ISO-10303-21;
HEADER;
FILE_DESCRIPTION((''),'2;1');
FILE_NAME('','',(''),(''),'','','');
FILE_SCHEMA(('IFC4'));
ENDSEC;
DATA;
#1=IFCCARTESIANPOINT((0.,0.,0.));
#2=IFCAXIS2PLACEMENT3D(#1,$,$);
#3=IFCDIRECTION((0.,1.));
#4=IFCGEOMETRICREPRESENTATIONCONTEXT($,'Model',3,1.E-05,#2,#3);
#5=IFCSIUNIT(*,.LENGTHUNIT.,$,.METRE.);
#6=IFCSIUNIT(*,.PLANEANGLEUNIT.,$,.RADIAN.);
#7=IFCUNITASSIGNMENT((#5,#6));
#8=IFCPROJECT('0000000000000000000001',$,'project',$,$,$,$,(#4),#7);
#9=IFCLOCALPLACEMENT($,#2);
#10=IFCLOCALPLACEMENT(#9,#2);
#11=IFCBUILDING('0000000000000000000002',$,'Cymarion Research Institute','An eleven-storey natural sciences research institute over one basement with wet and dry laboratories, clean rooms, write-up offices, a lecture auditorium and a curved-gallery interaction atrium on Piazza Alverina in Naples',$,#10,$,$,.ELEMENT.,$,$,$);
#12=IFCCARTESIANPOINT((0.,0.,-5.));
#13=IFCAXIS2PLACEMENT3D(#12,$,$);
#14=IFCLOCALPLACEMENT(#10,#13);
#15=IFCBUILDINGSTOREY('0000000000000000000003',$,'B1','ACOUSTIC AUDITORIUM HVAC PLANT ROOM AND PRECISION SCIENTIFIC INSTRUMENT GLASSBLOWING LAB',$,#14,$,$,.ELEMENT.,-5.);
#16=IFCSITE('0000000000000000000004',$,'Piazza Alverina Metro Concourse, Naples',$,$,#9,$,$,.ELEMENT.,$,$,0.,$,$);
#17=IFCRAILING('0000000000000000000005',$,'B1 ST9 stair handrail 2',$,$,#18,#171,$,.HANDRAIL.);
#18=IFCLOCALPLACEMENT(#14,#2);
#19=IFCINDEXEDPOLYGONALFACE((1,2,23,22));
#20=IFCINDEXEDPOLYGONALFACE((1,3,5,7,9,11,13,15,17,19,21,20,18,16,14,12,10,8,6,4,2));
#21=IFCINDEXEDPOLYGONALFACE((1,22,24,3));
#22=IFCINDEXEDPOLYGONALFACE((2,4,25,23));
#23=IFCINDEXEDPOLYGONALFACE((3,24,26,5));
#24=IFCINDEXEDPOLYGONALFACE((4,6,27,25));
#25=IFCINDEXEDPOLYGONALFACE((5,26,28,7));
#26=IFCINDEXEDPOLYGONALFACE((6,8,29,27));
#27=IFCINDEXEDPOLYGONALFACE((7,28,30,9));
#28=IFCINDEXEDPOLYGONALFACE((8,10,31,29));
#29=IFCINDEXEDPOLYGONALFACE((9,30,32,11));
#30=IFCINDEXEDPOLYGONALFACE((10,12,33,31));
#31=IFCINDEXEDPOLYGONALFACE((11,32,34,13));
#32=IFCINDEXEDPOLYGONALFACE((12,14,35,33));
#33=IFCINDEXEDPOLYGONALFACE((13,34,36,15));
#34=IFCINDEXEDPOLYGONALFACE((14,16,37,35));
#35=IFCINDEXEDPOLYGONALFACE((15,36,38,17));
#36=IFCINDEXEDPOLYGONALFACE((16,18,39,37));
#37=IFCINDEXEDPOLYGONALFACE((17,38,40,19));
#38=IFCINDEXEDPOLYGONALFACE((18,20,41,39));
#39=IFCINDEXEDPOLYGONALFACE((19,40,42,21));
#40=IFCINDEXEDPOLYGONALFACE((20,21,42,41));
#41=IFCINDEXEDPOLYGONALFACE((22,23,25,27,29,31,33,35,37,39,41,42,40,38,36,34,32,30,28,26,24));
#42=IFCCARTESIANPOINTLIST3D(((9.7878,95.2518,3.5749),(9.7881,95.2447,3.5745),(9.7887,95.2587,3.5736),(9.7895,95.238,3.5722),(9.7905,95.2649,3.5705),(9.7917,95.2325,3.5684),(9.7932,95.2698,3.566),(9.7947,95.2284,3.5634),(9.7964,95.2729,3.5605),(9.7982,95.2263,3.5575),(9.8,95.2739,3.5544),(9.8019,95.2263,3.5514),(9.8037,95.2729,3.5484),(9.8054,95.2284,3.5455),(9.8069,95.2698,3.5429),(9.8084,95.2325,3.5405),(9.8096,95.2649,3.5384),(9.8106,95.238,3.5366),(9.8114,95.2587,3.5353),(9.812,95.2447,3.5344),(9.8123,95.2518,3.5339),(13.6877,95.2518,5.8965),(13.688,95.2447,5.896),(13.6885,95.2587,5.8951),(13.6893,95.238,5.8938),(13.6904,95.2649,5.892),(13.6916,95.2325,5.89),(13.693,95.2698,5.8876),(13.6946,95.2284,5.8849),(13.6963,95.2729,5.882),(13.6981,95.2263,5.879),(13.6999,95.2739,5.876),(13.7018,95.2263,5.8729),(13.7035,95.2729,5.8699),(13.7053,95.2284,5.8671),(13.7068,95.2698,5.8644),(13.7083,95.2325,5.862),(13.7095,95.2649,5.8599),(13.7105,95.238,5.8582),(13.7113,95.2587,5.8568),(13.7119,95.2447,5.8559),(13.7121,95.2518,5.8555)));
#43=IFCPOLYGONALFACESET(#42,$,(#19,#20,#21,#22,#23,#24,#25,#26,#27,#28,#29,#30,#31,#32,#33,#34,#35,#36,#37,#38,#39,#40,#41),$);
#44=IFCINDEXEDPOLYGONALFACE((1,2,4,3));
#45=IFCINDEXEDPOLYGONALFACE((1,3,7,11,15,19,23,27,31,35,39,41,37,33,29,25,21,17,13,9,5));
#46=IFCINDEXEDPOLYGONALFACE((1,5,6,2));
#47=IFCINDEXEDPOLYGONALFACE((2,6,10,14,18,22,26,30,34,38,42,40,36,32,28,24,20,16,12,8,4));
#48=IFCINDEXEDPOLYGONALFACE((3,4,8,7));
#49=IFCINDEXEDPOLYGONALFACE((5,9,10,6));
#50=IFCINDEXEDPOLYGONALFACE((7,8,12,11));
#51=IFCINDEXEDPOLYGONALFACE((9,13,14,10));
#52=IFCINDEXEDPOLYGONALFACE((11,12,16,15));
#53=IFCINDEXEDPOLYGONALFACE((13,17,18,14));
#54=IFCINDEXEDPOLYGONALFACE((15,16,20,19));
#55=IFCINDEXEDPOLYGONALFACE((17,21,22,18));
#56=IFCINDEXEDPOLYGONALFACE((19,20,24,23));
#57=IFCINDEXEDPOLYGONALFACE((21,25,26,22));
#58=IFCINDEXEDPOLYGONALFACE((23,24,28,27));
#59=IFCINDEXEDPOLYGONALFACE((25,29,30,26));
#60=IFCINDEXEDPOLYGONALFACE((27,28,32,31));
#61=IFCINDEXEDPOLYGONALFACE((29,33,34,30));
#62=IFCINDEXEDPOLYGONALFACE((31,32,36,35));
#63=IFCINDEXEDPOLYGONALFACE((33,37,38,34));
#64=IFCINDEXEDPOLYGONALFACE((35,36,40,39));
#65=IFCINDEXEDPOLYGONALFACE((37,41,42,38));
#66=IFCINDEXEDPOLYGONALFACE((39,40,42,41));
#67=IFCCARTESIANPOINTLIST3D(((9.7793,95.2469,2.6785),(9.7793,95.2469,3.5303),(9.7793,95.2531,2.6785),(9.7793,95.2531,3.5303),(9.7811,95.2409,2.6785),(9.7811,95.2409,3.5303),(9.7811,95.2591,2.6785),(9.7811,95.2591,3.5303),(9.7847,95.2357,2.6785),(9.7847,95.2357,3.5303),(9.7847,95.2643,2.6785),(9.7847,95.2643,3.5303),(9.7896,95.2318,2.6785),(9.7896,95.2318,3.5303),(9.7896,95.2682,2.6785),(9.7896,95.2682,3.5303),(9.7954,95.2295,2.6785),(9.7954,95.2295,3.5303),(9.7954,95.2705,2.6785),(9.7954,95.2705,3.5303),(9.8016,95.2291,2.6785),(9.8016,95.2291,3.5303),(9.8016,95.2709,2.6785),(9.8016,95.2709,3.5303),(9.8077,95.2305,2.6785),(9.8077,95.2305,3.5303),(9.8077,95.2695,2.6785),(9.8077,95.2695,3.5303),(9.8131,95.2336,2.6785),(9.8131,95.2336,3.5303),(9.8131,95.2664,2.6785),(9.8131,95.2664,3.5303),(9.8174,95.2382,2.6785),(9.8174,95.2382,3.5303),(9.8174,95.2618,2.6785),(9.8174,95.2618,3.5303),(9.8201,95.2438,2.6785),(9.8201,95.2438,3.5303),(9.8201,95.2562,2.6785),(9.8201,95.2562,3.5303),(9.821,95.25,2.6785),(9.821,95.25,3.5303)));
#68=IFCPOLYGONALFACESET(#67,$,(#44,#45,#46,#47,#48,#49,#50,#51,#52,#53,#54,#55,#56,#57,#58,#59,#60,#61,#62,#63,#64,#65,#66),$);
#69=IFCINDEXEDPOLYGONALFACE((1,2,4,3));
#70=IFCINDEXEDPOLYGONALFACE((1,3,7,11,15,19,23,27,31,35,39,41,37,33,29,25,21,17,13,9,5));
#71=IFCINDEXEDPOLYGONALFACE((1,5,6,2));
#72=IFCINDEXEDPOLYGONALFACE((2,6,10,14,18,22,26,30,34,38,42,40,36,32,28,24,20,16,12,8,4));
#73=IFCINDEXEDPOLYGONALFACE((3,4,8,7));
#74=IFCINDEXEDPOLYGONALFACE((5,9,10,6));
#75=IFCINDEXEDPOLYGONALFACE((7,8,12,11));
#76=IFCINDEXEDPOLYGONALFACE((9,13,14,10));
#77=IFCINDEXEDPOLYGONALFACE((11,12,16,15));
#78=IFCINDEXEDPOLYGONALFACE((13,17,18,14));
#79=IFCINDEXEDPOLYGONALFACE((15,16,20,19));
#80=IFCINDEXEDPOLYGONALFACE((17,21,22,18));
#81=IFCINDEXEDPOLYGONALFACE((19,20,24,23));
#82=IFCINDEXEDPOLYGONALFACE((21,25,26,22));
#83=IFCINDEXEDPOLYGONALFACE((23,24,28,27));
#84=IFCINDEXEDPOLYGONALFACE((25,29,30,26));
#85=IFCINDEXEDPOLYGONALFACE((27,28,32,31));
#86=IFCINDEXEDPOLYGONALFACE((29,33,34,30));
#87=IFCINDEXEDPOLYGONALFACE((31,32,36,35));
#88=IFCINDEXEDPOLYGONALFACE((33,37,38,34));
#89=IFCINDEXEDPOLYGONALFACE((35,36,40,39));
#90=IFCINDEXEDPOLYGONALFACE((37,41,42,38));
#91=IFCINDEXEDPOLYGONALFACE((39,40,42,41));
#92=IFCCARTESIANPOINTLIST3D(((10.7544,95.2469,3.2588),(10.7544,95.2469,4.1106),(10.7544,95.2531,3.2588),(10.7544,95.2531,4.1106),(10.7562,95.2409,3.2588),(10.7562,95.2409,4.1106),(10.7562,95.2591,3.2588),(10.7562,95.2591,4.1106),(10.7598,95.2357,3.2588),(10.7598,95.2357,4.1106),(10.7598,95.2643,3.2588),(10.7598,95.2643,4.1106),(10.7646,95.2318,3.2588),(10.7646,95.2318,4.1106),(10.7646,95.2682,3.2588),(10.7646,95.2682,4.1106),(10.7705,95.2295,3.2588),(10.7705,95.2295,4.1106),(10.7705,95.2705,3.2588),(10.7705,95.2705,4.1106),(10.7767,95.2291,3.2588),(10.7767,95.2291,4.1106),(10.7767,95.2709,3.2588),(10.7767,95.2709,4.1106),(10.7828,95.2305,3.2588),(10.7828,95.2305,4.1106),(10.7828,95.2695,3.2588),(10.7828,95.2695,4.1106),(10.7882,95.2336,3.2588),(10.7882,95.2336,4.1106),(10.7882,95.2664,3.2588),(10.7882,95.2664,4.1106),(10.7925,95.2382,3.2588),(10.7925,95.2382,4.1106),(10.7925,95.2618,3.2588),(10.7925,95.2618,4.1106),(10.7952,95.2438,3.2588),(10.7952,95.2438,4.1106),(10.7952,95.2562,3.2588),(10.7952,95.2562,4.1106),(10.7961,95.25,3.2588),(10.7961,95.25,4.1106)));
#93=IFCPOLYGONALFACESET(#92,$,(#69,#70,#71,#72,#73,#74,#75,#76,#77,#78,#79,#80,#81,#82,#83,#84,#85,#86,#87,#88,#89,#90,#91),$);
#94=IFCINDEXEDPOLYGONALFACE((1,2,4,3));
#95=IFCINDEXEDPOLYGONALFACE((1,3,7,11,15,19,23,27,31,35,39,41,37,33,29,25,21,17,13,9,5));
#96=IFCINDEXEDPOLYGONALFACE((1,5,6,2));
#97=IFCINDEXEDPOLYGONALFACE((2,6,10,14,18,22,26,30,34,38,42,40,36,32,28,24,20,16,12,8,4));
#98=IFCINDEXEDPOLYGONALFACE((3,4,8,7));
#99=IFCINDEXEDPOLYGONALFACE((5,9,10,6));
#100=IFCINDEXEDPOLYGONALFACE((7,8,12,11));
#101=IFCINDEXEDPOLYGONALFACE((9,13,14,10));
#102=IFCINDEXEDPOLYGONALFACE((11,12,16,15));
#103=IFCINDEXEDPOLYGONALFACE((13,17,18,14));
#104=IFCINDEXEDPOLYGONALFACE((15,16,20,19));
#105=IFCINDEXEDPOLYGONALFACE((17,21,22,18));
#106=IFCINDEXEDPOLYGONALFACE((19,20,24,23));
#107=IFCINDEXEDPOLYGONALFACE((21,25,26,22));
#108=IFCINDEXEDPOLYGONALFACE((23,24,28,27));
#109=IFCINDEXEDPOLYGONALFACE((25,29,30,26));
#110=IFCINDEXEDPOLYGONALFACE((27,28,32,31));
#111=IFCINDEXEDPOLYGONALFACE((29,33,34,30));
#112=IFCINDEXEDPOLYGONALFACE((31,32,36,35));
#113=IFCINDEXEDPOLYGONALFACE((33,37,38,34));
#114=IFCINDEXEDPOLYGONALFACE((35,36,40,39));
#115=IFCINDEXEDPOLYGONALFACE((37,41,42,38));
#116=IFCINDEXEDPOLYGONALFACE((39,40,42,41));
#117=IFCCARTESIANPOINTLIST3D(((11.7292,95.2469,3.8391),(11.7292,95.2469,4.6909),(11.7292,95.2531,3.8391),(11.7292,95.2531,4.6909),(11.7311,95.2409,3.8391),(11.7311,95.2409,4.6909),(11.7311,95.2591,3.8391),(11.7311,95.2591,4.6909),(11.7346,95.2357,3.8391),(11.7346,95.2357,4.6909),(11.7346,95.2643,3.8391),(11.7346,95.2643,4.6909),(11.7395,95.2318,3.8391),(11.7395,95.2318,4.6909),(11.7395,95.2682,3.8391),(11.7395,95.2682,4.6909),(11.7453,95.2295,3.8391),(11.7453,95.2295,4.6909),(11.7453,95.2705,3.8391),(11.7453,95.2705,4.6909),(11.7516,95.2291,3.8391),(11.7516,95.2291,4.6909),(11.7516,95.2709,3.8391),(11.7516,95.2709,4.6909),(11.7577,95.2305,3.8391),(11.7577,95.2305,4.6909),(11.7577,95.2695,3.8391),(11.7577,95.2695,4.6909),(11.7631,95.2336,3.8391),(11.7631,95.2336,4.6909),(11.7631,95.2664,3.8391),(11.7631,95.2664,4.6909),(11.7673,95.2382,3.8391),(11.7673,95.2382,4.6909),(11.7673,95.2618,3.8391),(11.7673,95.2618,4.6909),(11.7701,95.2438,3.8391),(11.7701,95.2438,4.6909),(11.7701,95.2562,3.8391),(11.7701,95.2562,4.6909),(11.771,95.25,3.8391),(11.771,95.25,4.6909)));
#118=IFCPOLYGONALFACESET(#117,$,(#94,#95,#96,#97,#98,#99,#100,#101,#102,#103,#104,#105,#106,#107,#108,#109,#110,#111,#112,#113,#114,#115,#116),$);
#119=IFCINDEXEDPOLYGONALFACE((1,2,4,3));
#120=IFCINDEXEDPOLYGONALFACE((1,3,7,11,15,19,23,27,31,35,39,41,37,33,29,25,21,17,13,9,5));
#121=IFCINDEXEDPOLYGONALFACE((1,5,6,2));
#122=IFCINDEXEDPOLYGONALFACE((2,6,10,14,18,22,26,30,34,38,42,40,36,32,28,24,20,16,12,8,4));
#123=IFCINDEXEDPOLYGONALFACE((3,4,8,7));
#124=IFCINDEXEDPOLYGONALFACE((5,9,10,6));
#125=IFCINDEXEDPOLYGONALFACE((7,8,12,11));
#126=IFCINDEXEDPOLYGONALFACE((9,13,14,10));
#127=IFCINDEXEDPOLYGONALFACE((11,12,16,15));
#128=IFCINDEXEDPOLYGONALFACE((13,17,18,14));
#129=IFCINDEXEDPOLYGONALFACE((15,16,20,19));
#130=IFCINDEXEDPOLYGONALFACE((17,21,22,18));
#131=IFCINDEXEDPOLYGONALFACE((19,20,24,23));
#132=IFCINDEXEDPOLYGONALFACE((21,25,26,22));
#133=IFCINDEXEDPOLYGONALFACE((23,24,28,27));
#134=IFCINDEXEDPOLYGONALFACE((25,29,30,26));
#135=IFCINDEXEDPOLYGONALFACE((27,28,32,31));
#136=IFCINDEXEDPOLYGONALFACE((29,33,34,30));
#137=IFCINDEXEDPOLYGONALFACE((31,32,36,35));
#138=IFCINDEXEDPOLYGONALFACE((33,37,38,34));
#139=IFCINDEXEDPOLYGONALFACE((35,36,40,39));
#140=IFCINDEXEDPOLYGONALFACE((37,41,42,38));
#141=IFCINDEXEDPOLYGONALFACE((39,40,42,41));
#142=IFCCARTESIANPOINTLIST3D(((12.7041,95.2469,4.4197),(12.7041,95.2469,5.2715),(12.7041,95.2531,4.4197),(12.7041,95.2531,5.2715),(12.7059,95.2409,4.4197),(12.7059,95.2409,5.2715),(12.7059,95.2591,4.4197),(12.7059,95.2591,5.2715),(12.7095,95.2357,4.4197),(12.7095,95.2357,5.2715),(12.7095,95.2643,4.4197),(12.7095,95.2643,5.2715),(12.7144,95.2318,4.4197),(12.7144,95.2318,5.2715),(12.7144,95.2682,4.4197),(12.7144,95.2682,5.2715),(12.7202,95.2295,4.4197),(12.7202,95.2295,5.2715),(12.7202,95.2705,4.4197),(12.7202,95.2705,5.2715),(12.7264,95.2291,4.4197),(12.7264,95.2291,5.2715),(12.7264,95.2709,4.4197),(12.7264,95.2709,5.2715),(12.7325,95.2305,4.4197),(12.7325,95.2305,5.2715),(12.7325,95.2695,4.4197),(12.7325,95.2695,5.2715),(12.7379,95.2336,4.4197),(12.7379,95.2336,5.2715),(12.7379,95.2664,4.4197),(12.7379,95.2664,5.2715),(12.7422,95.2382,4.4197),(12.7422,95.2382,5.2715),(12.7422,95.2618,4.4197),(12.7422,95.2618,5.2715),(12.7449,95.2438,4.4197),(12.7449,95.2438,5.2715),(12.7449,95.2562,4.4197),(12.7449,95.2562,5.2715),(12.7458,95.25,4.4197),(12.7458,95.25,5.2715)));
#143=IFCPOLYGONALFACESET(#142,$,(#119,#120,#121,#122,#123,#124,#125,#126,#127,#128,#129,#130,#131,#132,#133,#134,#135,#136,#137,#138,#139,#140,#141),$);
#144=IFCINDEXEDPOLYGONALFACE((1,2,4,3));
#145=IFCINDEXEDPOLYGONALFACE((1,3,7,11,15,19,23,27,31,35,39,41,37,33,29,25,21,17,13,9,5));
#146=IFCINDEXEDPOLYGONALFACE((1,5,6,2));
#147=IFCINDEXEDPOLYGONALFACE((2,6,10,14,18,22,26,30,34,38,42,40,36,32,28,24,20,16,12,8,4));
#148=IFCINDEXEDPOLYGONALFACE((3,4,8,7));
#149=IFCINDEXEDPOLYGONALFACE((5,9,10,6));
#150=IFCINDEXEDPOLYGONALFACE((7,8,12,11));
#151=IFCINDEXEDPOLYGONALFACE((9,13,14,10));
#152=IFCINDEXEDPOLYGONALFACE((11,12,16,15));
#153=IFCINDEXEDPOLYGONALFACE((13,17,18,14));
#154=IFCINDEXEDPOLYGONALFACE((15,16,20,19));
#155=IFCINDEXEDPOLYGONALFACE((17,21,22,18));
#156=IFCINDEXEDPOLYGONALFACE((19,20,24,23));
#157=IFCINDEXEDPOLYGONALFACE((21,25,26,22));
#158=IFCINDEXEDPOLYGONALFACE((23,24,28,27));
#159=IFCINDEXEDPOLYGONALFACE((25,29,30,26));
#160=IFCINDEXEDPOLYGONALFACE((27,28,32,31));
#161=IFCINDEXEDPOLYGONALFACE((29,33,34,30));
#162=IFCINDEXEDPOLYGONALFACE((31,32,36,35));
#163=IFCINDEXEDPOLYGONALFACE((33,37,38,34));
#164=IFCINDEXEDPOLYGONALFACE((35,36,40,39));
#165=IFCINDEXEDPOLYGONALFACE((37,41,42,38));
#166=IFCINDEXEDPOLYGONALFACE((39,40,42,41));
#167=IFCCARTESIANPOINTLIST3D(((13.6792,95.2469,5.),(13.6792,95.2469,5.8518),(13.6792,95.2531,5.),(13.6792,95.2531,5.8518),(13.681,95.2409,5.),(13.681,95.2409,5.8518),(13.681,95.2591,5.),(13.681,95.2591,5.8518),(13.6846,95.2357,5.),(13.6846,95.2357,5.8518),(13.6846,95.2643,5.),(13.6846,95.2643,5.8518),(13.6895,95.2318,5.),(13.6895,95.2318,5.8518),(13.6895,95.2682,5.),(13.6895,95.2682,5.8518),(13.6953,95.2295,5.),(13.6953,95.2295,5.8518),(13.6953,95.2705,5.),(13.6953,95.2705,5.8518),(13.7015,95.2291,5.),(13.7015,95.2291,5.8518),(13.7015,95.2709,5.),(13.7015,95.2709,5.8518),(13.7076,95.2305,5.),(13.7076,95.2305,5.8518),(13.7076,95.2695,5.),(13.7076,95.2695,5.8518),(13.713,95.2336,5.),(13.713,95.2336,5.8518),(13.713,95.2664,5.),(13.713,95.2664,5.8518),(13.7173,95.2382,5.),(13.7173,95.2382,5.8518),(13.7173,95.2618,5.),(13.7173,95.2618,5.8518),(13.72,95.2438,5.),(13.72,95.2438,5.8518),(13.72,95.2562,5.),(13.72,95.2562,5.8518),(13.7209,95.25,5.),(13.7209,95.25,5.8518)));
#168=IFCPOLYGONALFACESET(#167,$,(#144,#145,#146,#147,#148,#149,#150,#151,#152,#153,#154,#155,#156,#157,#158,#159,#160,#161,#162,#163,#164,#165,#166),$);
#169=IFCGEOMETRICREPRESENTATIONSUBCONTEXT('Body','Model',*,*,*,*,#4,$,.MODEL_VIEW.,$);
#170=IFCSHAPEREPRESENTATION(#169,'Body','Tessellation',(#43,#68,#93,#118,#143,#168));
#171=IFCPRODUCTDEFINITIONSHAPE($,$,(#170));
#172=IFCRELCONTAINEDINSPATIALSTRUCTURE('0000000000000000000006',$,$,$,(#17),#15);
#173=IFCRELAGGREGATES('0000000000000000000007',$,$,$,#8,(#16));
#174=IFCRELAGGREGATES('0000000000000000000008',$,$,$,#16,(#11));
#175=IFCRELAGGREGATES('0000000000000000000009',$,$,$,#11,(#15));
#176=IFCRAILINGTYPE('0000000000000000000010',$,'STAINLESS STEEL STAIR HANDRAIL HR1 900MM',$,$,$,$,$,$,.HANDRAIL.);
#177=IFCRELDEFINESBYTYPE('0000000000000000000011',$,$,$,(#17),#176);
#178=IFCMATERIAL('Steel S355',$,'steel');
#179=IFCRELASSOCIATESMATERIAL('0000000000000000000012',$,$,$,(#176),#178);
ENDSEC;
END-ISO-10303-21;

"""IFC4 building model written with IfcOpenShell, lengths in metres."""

from ifc_helpers import new_model, si_unit, direction, frame, origin, origin_2d, place, context, subcontext, project, spatial, circle, extrude, material, type_object, element, save


model = new_model("IFC4")

# Units and contexts
model_context = context("Model", 3, precision=1e-05, world=origin(), true_north=direction((0.0, 1.0)))
body_context = subcontext(model_context, "Body", "Model", "MODEL_VIEW")
ifc_project = project(units=[si_unit("LENGTHUNIT", "METRE"), si_unit("PLANEANGLEUNIT", "RADIAN")], contexts=[model_context])

# Site, building, storey
site_placement = place(None, origin())
site = spatial("IfcSite", under=ifc_project, at=site_placement, Name="Piazza Alverina Metro Concourse, Naples", CompositionType="ELEMENT", RefElevation=0.0)
building_placement = place(site_placement, origin())
building = spatial("IfcBuilding", under=site, at=building_placement, Name="Cymarion Research Institute", Description="An eleven-storey natural sciences research institute over one basement with wet and dry laboratories, clean rooms, write-up offices, a lecture auditorium and a curved-gallery interaction atrium on Piazza Alverina in Naples", CompositionType="ELEMENT")
storey_placement = place(building_placement, frame((0.0, 0.0, -5.0)))
storey = spatial("IfcBuildingStorey", under=building, at=storey_placement, Name="B1", Description="ACOUSTIC AUDITORIUM HVAC PLANT ROOM AND PRECISION SCIENTIFIC INSTRUMENT GLASSBLOWING LAB", CompositionType="ELEMENT", Elevation=-5.0)

# Shared definitions
ifc_material_1 = material(Name="Steel S355", Category="steel")

# Railing
railing_type_1 = type_object("IfcRailingType", Name="STAINLESS STEEL STAIR HANDRAIL HR1 900MM", PredefinedType="HANDRAIL", material=ifc_material_1)
railing_1_placement = place(storey_placement, frame((9.8, 95.25, 2.6785)))
element("IfcRailing", 1, at=railing_1_placement, inside=storey, type_object=railing_type_1, Name="B1 ST9 stair handrail 2", PredefinedType="HANDRAIL", context=body_context, shape_type="SweptSolid", body=[
    extrude(circle(Radius=0.0239, at=origin_2d()), frame((0.0, 0.0, 0.876), z_axis=(0.859277, 0.0, 0.51151), x_axis=(0.0, 1.0, 0.0)), (0.0, 0.0, 1.0), 4.5386),
    extrude(circle(Radius=0.021, at=origin_2d()), origin(), (0.0, 0.0, 1.0), 0.8518),
    extrude(circle(Radius=0.021, at=origin_2d()), frame((0.9751, 0.0, 0.5803)), (0.0, 0.0, 1.0), 0.8518),
    extrude(circle(Radius=0.021, at=origin_2d()), frame((1.95, 0.0, 1.1606)), (0.0, 0.0, 1.0), 0.8518),
    extrude(circle(Radius=0.021, at=origin_2d()), frame((2.9248, 0.0, 1.7412)), (0.0, 0.0, 1.0), 0.8518),
    extrude(circle(Radius=0.021, at=origin_2d()), frame((3.8999, 0.0, 2.3215)), (0.0, 0.0, 1.0), 0.8518),
])

save(model, "model.ifc")
